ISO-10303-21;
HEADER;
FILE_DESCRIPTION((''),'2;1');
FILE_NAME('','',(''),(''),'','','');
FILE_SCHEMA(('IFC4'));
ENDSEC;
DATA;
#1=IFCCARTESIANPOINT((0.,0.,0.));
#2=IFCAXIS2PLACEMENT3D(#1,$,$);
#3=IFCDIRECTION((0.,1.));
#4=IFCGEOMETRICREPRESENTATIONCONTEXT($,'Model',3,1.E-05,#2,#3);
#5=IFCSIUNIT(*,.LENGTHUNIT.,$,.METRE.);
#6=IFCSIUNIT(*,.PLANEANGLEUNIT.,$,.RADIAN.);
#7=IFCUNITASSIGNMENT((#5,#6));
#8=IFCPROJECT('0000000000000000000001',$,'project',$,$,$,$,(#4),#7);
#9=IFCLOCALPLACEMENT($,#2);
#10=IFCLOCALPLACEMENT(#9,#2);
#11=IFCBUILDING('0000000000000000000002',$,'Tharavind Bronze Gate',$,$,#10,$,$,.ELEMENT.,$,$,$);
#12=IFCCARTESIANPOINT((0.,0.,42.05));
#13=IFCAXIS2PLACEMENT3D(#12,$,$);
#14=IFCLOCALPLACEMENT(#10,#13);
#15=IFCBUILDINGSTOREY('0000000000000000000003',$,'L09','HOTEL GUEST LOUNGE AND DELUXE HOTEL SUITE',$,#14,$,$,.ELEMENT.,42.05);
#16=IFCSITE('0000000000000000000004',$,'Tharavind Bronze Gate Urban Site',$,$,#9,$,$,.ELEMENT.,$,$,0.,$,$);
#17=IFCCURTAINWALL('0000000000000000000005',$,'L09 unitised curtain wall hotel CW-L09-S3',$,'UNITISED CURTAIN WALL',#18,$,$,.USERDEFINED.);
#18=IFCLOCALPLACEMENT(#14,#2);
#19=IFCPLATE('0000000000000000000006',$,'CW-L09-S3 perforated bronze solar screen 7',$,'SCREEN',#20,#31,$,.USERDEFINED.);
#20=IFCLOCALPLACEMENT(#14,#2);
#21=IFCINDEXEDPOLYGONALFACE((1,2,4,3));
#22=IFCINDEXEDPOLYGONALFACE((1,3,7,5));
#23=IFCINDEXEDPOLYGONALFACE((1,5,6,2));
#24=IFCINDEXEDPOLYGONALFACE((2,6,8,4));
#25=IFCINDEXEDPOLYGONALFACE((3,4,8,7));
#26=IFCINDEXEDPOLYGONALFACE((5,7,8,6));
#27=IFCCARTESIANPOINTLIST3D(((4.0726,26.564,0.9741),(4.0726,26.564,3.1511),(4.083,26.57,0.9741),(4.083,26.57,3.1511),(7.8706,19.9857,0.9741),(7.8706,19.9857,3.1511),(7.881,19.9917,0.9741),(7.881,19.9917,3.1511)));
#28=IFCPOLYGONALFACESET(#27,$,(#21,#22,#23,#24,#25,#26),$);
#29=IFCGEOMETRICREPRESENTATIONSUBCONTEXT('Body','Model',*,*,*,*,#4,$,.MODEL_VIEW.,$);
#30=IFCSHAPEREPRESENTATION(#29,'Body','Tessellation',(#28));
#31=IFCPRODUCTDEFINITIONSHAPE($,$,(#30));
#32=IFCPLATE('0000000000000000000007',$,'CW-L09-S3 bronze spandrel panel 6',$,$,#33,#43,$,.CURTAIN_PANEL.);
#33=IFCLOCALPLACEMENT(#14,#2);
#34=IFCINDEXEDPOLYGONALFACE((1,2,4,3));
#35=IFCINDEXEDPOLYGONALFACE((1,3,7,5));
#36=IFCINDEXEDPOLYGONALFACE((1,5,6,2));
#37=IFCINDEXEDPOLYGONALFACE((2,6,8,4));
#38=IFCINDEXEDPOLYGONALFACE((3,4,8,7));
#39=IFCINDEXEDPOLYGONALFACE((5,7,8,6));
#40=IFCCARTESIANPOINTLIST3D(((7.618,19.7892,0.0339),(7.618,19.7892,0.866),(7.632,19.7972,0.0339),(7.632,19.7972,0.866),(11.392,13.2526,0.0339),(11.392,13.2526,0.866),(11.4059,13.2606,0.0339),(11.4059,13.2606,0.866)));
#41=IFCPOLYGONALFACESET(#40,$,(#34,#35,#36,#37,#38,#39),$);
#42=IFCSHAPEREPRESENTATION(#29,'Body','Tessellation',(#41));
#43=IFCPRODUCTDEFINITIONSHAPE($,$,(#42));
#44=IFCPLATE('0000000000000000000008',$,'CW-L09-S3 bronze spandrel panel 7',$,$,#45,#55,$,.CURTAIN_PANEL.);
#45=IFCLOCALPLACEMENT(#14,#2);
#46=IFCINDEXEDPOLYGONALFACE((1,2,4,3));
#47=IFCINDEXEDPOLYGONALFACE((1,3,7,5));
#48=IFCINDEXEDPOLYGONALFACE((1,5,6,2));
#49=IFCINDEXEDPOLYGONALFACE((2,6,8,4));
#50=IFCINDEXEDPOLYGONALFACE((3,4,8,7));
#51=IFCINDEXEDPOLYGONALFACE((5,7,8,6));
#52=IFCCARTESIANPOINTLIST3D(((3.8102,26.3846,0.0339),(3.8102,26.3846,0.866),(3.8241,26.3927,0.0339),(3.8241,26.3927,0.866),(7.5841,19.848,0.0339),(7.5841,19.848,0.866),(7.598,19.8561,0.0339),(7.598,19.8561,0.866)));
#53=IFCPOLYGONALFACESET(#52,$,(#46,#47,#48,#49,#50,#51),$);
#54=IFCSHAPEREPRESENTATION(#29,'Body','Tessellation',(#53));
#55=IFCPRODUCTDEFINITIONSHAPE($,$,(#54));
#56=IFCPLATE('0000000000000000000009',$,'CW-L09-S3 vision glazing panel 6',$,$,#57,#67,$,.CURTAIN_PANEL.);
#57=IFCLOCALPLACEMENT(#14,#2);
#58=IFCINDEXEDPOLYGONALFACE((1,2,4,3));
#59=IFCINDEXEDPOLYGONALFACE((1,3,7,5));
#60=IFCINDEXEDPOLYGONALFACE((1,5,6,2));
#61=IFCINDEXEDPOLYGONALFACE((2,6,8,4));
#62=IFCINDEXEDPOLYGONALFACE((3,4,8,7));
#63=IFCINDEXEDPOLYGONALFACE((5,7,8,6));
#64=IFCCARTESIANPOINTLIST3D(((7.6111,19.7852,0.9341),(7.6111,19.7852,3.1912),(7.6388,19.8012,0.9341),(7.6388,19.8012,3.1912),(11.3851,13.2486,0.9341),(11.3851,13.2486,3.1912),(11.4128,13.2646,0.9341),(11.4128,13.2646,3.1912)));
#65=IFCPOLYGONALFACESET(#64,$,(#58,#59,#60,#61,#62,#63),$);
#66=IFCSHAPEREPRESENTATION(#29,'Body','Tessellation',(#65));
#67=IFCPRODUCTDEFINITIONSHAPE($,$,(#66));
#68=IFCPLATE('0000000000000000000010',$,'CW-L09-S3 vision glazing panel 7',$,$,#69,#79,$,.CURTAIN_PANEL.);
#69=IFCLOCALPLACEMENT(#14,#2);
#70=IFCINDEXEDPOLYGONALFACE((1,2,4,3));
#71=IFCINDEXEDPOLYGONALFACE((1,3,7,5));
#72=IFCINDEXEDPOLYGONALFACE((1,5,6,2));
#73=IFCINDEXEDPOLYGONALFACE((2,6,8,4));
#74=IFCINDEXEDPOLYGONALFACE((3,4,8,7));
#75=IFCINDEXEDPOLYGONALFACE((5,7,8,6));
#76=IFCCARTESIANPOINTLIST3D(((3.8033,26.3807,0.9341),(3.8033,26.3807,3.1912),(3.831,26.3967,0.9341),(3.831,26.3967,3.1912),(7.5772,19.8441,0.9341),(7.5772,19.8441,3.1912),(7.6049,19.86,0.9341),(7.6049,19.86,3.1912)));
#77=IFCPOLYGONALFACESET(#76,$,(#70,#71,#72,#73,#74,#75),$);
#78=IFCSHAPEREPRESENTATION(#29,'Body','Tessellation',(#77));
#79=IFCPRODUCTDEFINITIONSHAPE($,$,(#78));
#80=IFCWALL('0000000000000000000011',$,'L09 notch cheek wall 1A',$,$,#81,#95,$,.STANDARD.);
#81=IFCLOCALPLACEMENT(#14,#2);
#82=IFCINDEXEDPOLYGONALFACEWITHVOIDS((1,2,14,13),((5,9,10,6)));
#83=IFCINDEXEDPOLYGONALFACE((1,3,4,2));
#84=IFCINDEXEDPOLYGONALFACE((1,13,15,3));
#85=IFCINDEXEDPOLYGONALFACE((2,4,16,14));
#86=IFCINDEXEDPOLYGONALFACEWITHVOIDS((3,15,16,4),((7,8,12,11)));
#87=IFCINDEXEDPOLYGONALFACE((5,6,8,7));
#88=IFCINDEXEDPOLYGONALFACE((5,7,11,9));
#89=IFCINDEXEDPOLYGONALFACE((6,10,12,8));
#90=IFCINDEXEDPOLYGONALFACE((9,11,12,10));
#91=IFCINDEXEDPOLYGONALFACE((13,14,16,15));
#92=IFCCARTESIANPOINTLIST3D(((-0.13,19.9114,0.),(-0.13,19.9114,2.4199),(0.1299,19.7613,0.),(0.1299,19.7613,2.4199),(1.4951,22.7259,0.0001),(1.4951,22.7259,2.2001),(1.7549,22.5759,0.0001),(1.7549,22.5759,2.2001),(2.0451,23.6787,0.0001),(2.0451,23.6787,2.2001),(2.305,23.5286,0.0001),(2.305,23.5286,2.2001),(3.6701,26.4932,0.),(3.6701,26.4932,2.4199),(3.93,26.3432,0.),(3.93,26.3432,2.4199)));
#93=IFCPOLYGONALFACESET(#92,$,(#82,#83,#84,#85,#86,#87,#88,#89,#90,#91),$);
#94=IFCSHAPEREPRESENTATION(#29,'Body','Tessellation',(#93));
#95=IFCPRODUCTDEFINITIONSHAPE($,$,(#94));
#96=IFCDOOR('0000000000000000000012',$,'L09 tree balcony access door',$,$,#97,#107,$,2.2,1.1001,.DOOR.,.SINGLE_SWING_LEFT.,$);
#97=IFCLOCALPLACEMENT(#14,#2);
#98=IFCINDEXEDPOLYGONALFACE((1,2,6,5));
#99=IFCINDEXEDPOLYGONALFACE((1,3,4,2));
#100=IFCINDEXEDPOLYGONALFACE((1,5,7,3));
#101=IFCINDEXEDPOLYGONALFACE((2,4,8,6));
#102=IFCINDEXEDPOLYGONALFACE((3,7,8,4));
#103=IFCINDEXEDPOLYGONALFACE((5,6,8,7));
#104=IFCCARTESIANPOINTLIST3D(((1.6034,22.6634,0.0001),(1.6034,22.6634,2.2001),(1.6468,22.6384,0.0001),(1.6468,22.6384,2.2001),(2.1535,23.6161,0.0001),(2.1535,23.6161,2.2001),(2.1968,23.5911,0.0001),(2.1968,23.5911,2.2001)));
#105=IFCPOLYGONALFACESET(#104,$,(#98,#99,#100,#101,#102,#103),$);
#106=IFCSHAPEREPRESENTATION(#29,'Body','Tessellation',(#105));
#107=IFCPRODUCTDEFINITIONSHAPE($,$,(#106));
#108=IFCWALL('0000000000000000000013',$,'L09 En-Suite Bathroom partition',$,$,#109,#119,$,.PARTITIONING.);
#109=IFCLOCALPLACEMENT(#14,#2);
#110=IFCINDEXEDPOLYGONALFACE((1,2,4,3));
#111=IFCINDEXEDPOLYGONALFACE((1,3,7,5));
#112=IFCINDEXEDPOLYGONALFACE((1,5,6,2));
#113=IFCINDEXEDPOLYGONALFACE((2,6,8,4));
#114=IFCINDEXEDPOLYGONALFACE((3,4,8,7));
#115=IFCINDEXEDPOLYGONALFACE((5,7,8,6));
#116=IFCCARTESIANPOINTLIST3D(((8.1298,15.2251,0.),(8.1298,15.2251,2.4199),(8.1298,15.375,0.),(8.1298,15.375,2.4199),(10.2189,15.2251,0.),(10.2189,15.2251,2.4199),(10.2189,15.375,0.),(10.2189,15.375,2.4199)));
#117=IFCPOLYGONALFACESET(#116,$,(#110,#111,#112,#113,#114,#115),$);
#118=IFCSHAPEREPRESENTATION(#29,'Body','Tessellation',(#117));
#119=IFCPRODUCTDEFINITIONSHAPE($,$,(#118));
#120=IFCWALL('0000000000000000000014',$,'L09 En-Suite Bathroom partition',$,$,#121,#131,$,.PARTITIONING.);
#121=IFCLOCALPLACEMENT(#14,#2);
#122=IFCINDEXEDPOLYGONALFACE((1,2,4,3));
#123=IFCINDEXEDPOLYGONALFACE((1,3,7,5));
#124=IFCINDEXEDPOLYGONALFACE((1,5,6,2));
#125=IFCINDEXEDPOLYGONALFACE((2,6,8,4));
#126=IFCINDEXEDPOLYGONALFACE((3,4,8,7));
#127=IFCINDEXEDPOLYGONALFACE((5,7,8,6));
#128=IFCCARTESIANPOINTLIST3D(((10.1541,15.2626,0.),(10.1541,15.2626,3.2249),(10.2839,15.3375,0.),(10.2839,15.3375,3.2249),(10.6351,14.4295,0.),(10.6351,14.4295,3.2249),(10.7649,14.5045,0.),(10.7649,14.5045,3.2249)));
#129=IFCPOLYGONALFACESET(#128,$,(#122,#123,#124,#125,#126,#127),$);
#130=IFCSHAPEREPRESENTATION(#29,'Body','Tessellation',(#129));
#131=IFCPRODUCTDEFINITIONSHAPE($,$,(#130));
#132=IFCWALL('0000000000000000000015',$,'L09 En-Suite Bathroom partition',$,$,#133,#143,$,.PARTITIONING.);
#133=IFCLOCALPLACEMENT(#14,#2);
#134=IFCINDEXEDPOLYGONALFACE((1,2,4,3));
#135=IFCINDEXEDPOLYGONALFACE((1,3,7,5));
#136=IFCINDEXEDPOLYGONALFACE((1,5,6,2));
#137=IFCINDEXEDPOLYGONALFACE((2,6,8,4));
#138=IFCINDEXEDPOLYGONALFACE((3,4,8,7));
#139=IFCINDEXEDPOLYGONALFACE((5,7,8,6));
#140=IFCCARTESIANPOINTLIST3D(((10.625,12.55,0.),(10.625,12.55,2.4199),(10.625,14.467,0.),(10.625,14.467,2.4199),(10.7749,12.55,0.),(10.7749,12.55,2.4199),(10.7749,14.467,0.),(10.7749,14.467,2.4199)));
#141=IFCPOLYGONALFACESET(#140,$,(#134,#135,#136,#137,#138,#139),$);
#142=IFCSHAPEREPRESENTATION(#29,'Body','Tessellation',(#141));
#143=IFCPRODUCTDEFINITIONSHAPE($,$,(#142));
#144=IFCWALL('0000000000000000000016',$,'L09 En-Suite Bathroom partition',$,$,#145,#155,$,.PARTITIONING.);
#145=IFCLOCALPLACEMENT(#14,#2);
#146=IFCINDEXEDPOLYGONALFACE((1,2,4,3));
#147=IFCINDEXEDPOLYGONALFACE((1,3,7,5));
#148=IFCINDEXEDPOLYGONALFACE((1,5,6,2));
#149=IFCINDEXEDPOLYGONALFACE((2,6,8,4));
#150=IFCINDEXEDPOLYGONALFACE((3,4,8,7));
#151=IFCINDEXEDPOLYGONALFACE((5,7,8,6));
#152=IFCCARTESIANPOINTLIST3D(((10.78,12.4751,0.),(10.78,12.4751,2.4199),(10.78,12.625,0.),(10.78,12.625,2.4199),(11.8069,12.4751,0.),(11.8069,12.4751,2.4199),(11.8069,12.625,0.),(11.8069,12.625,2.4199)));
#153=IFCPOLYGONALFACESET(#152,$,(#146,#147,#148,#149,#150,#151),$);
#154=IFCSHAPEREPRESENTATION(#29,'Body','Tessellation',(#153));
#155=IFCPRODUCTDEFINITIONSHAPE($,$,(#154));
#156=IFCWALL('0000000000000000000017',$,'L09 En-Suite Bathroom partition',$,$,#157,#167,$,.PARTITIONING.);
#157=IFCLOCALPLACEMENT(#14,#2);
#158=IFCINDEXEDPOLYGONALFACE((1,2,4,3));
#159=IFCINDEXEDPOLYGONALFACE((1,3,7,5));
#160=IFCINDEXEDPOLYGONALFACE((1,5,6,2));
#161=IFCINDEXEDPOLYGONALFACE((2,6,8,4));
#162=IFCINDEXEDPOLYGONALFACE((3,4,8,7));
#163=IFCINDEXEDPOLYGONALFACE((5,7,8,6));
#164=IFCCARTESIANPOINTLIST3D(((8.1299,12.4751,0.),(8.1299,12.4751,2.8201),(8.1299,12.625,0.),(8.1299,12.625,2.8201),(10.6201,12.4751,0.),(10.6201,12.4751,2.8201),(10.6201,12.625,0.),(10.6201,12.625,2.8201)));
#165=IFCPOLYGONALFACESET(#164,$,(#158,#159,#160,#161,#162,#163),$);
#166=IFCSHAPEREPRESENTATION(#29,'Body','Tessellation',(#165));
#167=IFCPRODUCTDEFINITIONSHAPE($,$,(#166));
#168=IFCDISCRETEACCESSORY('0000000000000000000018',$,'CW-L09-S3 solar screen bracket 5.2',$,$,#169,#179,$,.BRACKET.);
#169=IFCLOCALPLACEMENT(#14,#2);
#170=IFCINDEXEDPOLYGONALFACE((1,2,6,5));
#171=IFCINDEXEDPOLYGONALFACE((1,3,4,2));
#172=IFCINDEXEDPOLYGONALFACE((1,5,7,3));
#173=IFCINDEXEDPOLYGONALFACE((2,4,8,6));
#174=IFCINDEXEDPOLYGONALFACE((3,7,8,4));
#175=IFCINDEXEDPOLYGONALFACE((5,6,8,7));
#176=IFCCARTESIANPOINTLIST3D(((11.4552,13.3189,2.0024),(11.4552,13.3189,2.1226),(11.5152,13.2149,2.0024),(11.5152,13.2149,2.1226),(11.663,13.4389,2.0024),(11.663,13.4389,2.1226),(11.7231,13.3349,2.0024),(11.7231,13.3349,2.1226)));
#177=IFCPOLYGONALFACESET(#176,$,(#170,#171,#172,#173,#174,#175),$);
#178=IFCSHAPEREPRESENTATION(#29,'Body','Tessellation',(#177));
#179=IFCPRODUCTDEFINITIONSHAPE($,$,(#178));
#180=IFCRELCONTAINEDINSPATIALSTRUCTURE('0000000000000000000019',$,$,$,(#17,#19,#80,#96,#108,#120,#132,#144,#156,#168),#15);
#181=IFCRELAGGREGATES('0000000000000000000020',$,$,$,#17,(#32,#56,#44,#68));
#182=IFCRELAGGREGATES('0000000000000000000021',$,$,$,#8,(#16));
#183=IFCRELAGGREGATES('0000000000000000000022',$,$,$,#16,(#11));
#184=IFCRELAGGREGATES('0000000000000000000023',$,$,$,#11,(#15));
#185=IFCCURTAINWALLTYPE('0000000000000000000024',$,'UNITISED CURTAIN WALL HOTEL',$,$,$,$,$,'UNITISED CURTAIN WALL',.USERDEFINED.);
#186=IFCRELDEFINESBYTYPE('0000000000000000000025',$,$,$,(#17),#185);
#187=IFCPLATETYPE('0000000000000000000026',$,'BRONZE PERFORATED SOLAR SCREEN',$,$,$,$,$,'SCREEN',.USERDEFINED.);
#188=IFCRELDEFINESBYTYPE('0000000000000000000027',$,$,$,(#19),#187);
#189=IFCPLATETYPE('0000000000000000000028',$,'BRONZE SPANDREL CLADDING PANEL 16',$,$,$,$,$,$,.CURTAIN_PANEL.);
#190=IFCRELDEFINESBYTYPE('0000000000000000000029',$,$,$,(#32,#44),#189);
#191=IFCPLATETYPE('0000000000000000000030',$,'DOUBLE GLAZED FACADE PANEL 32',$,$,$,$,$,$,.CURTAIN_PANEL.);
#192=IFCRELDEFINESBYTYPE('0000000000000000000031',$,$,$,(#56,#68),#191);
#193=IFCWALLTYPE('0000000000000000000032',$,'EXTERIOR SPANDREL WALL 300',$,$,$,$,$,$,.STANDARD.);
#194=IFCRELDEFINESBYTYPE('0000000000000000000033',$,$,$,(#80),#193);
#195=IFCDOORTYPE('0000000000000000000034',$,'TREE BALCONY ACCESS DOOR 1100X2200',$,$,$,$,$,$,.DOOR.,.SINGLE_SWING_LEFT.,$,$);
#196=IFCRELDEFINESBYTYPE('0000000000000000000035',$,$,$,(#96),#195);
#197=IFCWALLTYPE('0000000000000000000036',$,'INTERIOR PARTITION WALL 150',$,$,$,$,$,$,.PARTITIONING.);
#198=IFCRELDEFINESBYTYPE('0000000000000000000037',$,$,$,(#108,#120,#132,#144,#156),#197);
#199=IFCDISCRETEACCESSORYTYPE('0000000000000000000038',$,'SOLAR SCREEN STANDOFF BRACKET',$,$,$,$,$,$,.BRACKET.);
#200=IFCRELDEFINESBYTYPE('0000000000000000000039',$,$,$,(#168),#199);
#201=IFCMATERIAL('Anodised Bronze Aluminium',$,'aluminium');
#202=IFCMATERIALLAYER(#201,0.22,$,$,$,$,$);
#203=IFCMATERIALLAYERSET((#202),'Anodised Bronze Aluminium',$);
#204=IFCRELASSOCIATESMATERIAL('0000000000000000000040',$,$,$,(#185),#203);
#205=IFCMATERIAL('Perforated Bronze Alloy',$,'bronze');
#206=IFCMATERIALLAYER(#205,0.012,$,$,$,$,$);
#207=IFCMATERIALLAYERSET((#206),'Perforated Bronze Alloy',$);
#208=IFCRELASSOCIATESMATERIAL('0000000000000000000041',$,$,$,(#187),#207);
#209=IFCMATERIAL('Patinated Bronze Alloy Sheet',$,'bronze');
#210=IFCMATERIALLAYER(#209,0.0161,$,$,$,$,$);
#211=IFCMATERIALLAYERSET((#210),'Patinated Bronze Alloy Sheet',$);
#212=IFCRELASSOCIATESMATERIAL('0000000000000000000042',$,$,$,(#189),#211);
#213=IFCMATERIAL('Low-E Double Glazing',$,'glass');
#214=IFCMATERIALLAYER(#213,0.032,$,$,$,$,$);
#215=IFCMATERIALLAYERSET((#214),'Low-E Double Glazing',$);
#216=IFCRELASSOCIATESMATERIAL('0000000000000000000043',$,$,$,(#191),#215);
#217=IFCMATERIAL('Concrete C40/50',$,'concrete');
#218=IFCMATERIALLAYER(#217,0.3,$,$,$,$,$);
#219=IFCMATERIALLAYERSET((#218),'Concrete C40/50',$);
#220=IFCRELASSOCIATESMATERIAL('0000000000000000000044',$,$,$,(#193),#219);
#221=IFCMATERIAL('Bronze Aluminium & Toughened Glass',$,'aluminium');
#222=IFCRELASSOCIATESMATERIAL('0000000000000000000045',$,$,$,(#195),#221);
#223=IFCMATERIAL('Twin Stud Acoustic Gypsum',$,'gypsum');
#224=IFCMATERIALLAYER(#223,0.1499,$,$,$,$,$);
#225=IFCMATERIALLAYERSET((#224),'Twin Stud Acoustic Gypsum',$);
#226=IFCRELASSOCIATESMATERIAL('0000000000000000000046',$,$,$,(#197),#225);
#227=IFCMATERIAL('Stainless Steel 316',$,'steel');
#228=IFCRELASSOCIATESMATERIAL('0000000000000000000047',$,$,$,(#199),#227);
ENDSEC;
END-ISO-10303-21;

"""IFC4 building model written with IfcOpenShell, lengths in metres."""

from ifc_helpers import new_model, si_unit, direction, frame, frame_2d, origin, origin_2d, place, context, subcontext, project, spatial, rectangle, extrude, material, layer, layer_set, type_object, element, fill, aggregate, save


model = new_model("IFC4")

# Units and contexts
model_context = context("Model", 3, precision=1e-05, world=origin(), true_north=direction((0.0, 1.0)))
body_context = subcontext(model_context, "Body", "Model", "MODEL_VIEW")
ifc_project = project(units=[si_unit("LENGTHUNIT", "METRE"), si_unit("PLANEANGLEUNIT", "RADIAN")], contexts=[model_context])

# Site, building, storey
site_placement = place(None, origin())
site = spatial("IfcSite", under=ifc_project, at=site_placement, Name="Tharavind Bronze Gate Urban Site", CompositionType="ELEMENT", RefElevation=0.0)
building_placement = place(site_placement, origin())
building = spatial("IfcBuilding", under=site, at=building_placement, Name="Tharavind Bronze Gate", CompositionType="ELEMENT")
storey_placement = place(building_placement, frame((0.0, 0.0, 42.05)))
storey = spatial("IfcBuildingStorey", under=building, at=storey_placement, Name="L09", Description="HOTEL GUEST LOUNGE AND DELUXE HOTEL SUITE", CompositionType="ELEMENT", Elevation=42.05)

# Curtain wall
ifc_material_1 = material(Name="Anodised Bronze Aluminium", Category="aluminium")
ifc_layer_1 = layer(ifc_material_1, 0.22)
ifc_layer_set_1 = layer_set([ifc_layer_1], Name="Anodised Bronze Aluminium")
curtain_wall_type = type_object("IfcCurtainWallType", Name="UNITISED CURTAIN WALL HOTEL", ElementType="UNITISED CURTAIN WALL", PredefinedType="USERDEFINED", material=ifc_layer_set_1)
curtain_wall_placement = place(storey_placement, origin())
curtain_wall = element("IfcCurtainWall", 1, at=curtain_wall_placement, inside=storey, type_object=curtain_wall_type, Name="L09 unitised curtain wall hotel CW-L09-S3", ObjectType="UNITISED CURTAIN WALL", PredefinedType="USERDEFINED")

# Plates
ifc_material_2 = material(Name="Perforated Bronze Alloy", Category="bronze")
ifc_layer_2 = layer(ifc_material_2, 0.012)
ifc_layer_set_2 = layer_set([ifc_layer_2], Name="Perforated Bronze Alloy")
plate_type_1 = type_object("IfcPlateType", Name="BRONZE PERFORATED SOLAR SCREEN", ElementType="SCREEN", PredefinedType="USERDEFINED", material=ifc_layer_set_2)
plate_1_placement = place(storey_placement, frame((5.9768, 23.2778, 0.9741), z_axis=(0.0, 0.0, 1.0), x_axis=(-0.500002, 0.866025, 0.0)))
element("IfcPlate", 2, at=plate_1_placement, inside=storey, type_object=plate_type_1, Name="CW-L09-S3 perforated bronze solar screen 7", ObjectType="SCREEN", PredefinedType="USERDEFINED", context=body_context, shape_type="SweptSolid", body=[
    extrude(rectangle(XDim=7.5959, YDim=0.012, at=origin_2d()), origin(), (0.0, 0.0, 1.0), 2.177),
])
ifc_material_3 = material(Name="Patinated Bronze Alloy Sheet", Category="bronze")
ifc_layer_3 = layer(ifc_material_3, 0.0161)
ifc_layer_set_3 = layer_set([ifc_layer_3], Name="Patinated Bronze Alloy Sheet")
plate_type_2 = type_object("IfcPlateType", Name="BRONZE SPANDREL CLADDING PANEL 16", PredefinedType="CURTAIN_PANEL", material=ifc_layer_set_3)
plate_2_placement = place(storey_placement, frame((9.512, 16.5249, 0.0339), z_axis=(0.0, 0.0, 1.0), x_axis=(-0.500002, 0.866025, 0.0)))
plate_2 = element("IfcPlate", 3, at=plate_2_placement, type_object=plate_type_2, Name="CW-L09-S3 bronze spandrel panel 6", PredefinedType="CURTAIN_PANEL", context=body_context, shape_type="SweptSolid", body=[
    extrude(rectangle(XDim=7.5479, YDim=0.0161, at=origin_2d()), origin(), (0.0, 0.0, 1.0), 0.832),
])
plate_3_placement = place(storey_placement, frame((5.7041, 23.1204, 0.0339), z_axis=(0.0, 0.0, 1.0), x_axis=(-0.500002, 0.866025, 0.0)))
plate_3 = element("IfcPlate", 4, at=plate_3_placement, type_object=plate_type_2, Name="CW-L09-S3 bronze spandrel panel 7", PredefinedType="CURTAIN_PANEL", context=body_context, shape_type="SweptSolid", body=[
    extrude(rectangle(XDim=7.5479, YDim=0.0161, at=origin_2d()), origin(), (0.0, 0.0, 1.0), 0.832),
])
ifc_material_4 = material(Name="Low-E Double Glazing", Category="glass")
ifc_layer_4 = layer(ifc_material_4, 0.032)
ifc_layer_set_4 = layer_set([ifc_layer_4], Name="Low-E Double Glazing")
plate_type_3 = type_object("IfcPlateType", Name="DOUBLE GLAZED FACADE PANEL 32", PredefinedType="CURTAIN_PANEL", material=ifc_layer_set_4)
plate_4_placement = place(storey_placement, frame((9.512, 16.5249, 0.9341), z_axis=(0.0, 0.0, 1.0), x_axis=(-0.500002, 0.866025, 0.0)))
plate_4 = element("IfcPlate", 5, at=plate_4_placement, type_object=plate_type_3, Name="CW-L09-S3 vision glazing panel 6", PredefinedType="CURTAIN_PANEL", context=body_context, shape_type="SweptSolid", body=[
    extrude(rectangle(XDim=7.5479, YDim=0.032, at=origin_2d()), origin(), (0.0, 0.0, 1.0), 2.2571),
])
plate_5_placement = place(storey_placement, frame((5.7041, 23.1204, 0.9341), z_axis=(0.0, 0.0, 1.0), x_axis=(-0.500002, 0.866025, 0.0)))
plate_5 = element("IfcPlate", 6, at=plate_5_placement, type_object=plate_type_3, Name="CW-L09-S3 vision glazing panel 7", PredefinedType="CURTAIN_PANEL", context=body_context, shape_type="SweptSolid", body=[
    extrude(rectangle(XDim=7.5479, YDim=0.032, at=origin_2d()), origin(), (0.0, 0.0, 1.0), 2.2571),
])
aggregate(curtain_wall, [plate_2, plate_4, plate_3, plate_5])

# Wall, opening, door
ifc_material_5 = material(Name="Concrete C40/50", Category="concrete")
ifc_layer_5 = layer(ifc_material_5, 0.3)
ifc_layer_set_5 = layer_set([ifc_layer_5], Name="Concrete C40/50")
wall_type_1 = type_object("IfcWallType", Name="EXTERIOR SPANDREL WALL 300", PredefinedType="STANDARD", material=ifc_layer_set_5)
wall_1_placement = place(storey_placement, frame((3.8, 26.4182, 0.0), z_axis=(0.0, 0.0, 1.0), x_axis=(-0.500005, -0.866022, 0.0)))
wall_1 = element("IfcWall", 7, at=wall_1_placement, inside=storey, type_object=wall_type_1, Name="L09 notch cheek wall 1A", PredefinedType="STANDARD", context=body_context, shape_type="SweptSolid", body=[
    extrude(rectangle(XDim=7.6001, YDim=0.3, at=frame_2d((3.8, 0.0))), origin(), (0.0, 0.0, 1.0), 2.4199),
])
opening_placement = place(wall_1_placement, frame((3.25, 0.0, 0.0)))
opening = element("IfcOpeningElement", 8, at=opening_placement, cuts=wall_1, PredefinedType="OPENING", context=body_context, shape_type="SweptSolid", body=[
    extrude(rectangle(XDim=1.1001, YDim=2.2, at=frame_2d((0.55, 1.1001))), frame((0.0, 0.1599, 0.0), z_axis=(0.0, -1.0, 0.0), x_axis=(1.0, 0.0, 0.0)), (0.0, 0.0, 1.0), 0.32),
])
ifc_material_6 = material(Name="Bronze Aluminium & Toughened Glass", Category="aluminium")
door_type = type_object("IfcDoorType", Name="TREE BALCONY ACCESS DOOR 1100X2200", OperationType="SINGLE_SWING_LEFT", PredefinedType="DOOR", material=ifc_material_6)
door_placement = place(opening_placement, frame((1.1001, 0.0, 0.0), z_axis=(0.0, 0.0, 1.0), x_axis=(-1.0, 0.0, 0.0)))
door = element("IfcDoor", 9, at=door_placement, inside=storey, type_object=door_type, Name="L09 tree balcony access door", OperationType="SINGLE_SWING_LEFT", OverallHeight=2.2, OverallWidth=1.1001, PredefinedType="DOOR", context=body_context, shape_type="SweptSolid", body=[
    extrude(rectangle(XDim=1.1001, YDim=2.2, at=frame_2d((0.55, 1.1001))), frame((0.0, 0.0249, 0.0), z_axis=(0.0, -1.0, 0.0), x_axis=(1.0, 0.0, 0.0)), (0.0, 0.0, 1.0), 0.05),
])
fill(opening, door)

# Walls
ifc_material_7 = material(Name="Twin Stud Acoustic Gypsum", Category="gypsum")
ifc_layer_6 = layer(ifc_material_7, 0.1499)
ifc_layer_set_6 = layer_set([ifc_layer_6], Name="Twin Stud Acoustic Gypsum")
wall_type_2 = type_object("IfcWallType", Name="INTERIOR PARTITION WALL 150", PredefinedType="PARTITIONING", material=ifc_layer_set_6)
wall_2_placement = place(storey_placement, frame((8.1299, 15.3, 0.0), z_axis=(0.0, 0.0, 1.0), x_axis=(1.0, 0.0, 0.0)))
element("IfcWall", 10, at=wall_2_placement, inside=storey, type_object=wall_type_2, Name="L09 En-Suite Bathroom partition", PredefinedType="PARTITIONING", context=body_context, shape_type="SweptSolid", body=[
    extrude(rectangle(XDim=2.0891, YDim=0.1499, at=frame_2d((1.0444, 0.0))), origin(), (0.0, 0.0, 1.0), 2.4199),
])
wall_3_placement = place(storey_placement, frame((10.219, 15.3, 0.0), z_axis=(0.0, 0.0, 1.0), x_axis=(0.500015, -0.866017, 0.0)))
element("IfcWall", 11, at=wall_3_placement, inside=storey, type_object=wall_type_2, Name="L09 En-Suite Bathroom partition", PredefinedType="PARTITIONING", context=body_context, shape_type="SweptSolid", body=[
    extrude(rectangle(XDim=0.9619, YDim=0.1499, at=frame_2d((0.481, 0.0))), origin(), (0.0, 0.0, 1.0), 3.2249),
])
wall_4_placement = place(storey_placement, frame((10.7, 14.467, 0.0), z_axis=(0.0, 0.0, 1.0), x_axis=(0.0, -1.0, 0.0)))
element("IfcWall", 12, at=wall_4_placement, inside=storey, type_object=wall_type_2, Name="L09 En-Suite Bathroom partition", PredefinedType="PARTITIONING", context=body_context, shape_type="SweptSolid", body=[
    extrude(rectangle(XDim=1.917, YDim=0.1499, at=frame_2d((0.9585, 0.0))), origin(), (0.0, 0.0, 1.0), 2.4199),
])
wall_5_placement = place(storey_placement, frame((11.8069, 12.55, 0.0), z_axis=(0.0, 0.0, 1.0), x_axis=(-1.0, 0.0, 0.0)))
element("IfcWall", 13, at=wall_5_placement, inside=storey, type_object=wall_type_2, Name="L09 En-Suite Bathroom partition", PredefinedType="PARTITIONING", context=body_context, shape_type="SweptSolid", body=[
    extrude(rectangle(XDim=1.0269, YDim=0.1499, at=frame_2d((0.5134, 0.0))), origin(), (0.0, 0.0, 1.0), 2.4199),
])
wall_6_placement = place(storey_placement, frame((10.6201, 12.55, 0.0), z_axis=(0.0, 0.0, 1.0), x_axis=(-1.0, 0.0, 0.0)))
element("IfcWall", 14, at=wall_6_placement, inside=storey, type_object=wall_type_2, Name="L09 En-Suite Bathroom partition", PredefinedType="PARTITIONING", context=body_context, shape_type="SweptSolid", body=[
    extrude(rectangle(XDim=2.4902, YDim=0.1499, at=frame_2d((1.2451, 0.0))), origin(), (0.0, 0.0, 1.0), 2.8201),
])

# Discrete accessory
ifc_material_8 = material(Name="Stainless Steel 316", Category="steel")
discrete_accessory_type = type_object("IfcDiscreteAccessoryType", Name="SOLAR SCREEN STANDOFF BRACKET", PredefinedType="BRACKET", material=ifc_material_8)
for number, where, z_axis, x_axis, name in (
    (15, (11.5891, 13.3269, 2.0024), (0.0, 0.0, 1.0), (-0.500002, 0.866025, 0.0), "CW-L09-S3 solar screen bracket 5.2"),
):
    element("IfcDiscreteAccessory", number, at=place(storey_placement, frame(where, z_axis=z_axis, x_axis=x_axis)), inside=storey, type_object=discrete_accessory_type, Name=name, PredefinedType="BRACKET", context=body_context, shape_type="SweptSolid", body=[
        extrude(rectangle(XDim=0.1201, YDim=0.24, at=origin_2d()), origin(), (0.0, 0.0, 1.0), 0.1201),
    ])

save(model, "model.ifc")
